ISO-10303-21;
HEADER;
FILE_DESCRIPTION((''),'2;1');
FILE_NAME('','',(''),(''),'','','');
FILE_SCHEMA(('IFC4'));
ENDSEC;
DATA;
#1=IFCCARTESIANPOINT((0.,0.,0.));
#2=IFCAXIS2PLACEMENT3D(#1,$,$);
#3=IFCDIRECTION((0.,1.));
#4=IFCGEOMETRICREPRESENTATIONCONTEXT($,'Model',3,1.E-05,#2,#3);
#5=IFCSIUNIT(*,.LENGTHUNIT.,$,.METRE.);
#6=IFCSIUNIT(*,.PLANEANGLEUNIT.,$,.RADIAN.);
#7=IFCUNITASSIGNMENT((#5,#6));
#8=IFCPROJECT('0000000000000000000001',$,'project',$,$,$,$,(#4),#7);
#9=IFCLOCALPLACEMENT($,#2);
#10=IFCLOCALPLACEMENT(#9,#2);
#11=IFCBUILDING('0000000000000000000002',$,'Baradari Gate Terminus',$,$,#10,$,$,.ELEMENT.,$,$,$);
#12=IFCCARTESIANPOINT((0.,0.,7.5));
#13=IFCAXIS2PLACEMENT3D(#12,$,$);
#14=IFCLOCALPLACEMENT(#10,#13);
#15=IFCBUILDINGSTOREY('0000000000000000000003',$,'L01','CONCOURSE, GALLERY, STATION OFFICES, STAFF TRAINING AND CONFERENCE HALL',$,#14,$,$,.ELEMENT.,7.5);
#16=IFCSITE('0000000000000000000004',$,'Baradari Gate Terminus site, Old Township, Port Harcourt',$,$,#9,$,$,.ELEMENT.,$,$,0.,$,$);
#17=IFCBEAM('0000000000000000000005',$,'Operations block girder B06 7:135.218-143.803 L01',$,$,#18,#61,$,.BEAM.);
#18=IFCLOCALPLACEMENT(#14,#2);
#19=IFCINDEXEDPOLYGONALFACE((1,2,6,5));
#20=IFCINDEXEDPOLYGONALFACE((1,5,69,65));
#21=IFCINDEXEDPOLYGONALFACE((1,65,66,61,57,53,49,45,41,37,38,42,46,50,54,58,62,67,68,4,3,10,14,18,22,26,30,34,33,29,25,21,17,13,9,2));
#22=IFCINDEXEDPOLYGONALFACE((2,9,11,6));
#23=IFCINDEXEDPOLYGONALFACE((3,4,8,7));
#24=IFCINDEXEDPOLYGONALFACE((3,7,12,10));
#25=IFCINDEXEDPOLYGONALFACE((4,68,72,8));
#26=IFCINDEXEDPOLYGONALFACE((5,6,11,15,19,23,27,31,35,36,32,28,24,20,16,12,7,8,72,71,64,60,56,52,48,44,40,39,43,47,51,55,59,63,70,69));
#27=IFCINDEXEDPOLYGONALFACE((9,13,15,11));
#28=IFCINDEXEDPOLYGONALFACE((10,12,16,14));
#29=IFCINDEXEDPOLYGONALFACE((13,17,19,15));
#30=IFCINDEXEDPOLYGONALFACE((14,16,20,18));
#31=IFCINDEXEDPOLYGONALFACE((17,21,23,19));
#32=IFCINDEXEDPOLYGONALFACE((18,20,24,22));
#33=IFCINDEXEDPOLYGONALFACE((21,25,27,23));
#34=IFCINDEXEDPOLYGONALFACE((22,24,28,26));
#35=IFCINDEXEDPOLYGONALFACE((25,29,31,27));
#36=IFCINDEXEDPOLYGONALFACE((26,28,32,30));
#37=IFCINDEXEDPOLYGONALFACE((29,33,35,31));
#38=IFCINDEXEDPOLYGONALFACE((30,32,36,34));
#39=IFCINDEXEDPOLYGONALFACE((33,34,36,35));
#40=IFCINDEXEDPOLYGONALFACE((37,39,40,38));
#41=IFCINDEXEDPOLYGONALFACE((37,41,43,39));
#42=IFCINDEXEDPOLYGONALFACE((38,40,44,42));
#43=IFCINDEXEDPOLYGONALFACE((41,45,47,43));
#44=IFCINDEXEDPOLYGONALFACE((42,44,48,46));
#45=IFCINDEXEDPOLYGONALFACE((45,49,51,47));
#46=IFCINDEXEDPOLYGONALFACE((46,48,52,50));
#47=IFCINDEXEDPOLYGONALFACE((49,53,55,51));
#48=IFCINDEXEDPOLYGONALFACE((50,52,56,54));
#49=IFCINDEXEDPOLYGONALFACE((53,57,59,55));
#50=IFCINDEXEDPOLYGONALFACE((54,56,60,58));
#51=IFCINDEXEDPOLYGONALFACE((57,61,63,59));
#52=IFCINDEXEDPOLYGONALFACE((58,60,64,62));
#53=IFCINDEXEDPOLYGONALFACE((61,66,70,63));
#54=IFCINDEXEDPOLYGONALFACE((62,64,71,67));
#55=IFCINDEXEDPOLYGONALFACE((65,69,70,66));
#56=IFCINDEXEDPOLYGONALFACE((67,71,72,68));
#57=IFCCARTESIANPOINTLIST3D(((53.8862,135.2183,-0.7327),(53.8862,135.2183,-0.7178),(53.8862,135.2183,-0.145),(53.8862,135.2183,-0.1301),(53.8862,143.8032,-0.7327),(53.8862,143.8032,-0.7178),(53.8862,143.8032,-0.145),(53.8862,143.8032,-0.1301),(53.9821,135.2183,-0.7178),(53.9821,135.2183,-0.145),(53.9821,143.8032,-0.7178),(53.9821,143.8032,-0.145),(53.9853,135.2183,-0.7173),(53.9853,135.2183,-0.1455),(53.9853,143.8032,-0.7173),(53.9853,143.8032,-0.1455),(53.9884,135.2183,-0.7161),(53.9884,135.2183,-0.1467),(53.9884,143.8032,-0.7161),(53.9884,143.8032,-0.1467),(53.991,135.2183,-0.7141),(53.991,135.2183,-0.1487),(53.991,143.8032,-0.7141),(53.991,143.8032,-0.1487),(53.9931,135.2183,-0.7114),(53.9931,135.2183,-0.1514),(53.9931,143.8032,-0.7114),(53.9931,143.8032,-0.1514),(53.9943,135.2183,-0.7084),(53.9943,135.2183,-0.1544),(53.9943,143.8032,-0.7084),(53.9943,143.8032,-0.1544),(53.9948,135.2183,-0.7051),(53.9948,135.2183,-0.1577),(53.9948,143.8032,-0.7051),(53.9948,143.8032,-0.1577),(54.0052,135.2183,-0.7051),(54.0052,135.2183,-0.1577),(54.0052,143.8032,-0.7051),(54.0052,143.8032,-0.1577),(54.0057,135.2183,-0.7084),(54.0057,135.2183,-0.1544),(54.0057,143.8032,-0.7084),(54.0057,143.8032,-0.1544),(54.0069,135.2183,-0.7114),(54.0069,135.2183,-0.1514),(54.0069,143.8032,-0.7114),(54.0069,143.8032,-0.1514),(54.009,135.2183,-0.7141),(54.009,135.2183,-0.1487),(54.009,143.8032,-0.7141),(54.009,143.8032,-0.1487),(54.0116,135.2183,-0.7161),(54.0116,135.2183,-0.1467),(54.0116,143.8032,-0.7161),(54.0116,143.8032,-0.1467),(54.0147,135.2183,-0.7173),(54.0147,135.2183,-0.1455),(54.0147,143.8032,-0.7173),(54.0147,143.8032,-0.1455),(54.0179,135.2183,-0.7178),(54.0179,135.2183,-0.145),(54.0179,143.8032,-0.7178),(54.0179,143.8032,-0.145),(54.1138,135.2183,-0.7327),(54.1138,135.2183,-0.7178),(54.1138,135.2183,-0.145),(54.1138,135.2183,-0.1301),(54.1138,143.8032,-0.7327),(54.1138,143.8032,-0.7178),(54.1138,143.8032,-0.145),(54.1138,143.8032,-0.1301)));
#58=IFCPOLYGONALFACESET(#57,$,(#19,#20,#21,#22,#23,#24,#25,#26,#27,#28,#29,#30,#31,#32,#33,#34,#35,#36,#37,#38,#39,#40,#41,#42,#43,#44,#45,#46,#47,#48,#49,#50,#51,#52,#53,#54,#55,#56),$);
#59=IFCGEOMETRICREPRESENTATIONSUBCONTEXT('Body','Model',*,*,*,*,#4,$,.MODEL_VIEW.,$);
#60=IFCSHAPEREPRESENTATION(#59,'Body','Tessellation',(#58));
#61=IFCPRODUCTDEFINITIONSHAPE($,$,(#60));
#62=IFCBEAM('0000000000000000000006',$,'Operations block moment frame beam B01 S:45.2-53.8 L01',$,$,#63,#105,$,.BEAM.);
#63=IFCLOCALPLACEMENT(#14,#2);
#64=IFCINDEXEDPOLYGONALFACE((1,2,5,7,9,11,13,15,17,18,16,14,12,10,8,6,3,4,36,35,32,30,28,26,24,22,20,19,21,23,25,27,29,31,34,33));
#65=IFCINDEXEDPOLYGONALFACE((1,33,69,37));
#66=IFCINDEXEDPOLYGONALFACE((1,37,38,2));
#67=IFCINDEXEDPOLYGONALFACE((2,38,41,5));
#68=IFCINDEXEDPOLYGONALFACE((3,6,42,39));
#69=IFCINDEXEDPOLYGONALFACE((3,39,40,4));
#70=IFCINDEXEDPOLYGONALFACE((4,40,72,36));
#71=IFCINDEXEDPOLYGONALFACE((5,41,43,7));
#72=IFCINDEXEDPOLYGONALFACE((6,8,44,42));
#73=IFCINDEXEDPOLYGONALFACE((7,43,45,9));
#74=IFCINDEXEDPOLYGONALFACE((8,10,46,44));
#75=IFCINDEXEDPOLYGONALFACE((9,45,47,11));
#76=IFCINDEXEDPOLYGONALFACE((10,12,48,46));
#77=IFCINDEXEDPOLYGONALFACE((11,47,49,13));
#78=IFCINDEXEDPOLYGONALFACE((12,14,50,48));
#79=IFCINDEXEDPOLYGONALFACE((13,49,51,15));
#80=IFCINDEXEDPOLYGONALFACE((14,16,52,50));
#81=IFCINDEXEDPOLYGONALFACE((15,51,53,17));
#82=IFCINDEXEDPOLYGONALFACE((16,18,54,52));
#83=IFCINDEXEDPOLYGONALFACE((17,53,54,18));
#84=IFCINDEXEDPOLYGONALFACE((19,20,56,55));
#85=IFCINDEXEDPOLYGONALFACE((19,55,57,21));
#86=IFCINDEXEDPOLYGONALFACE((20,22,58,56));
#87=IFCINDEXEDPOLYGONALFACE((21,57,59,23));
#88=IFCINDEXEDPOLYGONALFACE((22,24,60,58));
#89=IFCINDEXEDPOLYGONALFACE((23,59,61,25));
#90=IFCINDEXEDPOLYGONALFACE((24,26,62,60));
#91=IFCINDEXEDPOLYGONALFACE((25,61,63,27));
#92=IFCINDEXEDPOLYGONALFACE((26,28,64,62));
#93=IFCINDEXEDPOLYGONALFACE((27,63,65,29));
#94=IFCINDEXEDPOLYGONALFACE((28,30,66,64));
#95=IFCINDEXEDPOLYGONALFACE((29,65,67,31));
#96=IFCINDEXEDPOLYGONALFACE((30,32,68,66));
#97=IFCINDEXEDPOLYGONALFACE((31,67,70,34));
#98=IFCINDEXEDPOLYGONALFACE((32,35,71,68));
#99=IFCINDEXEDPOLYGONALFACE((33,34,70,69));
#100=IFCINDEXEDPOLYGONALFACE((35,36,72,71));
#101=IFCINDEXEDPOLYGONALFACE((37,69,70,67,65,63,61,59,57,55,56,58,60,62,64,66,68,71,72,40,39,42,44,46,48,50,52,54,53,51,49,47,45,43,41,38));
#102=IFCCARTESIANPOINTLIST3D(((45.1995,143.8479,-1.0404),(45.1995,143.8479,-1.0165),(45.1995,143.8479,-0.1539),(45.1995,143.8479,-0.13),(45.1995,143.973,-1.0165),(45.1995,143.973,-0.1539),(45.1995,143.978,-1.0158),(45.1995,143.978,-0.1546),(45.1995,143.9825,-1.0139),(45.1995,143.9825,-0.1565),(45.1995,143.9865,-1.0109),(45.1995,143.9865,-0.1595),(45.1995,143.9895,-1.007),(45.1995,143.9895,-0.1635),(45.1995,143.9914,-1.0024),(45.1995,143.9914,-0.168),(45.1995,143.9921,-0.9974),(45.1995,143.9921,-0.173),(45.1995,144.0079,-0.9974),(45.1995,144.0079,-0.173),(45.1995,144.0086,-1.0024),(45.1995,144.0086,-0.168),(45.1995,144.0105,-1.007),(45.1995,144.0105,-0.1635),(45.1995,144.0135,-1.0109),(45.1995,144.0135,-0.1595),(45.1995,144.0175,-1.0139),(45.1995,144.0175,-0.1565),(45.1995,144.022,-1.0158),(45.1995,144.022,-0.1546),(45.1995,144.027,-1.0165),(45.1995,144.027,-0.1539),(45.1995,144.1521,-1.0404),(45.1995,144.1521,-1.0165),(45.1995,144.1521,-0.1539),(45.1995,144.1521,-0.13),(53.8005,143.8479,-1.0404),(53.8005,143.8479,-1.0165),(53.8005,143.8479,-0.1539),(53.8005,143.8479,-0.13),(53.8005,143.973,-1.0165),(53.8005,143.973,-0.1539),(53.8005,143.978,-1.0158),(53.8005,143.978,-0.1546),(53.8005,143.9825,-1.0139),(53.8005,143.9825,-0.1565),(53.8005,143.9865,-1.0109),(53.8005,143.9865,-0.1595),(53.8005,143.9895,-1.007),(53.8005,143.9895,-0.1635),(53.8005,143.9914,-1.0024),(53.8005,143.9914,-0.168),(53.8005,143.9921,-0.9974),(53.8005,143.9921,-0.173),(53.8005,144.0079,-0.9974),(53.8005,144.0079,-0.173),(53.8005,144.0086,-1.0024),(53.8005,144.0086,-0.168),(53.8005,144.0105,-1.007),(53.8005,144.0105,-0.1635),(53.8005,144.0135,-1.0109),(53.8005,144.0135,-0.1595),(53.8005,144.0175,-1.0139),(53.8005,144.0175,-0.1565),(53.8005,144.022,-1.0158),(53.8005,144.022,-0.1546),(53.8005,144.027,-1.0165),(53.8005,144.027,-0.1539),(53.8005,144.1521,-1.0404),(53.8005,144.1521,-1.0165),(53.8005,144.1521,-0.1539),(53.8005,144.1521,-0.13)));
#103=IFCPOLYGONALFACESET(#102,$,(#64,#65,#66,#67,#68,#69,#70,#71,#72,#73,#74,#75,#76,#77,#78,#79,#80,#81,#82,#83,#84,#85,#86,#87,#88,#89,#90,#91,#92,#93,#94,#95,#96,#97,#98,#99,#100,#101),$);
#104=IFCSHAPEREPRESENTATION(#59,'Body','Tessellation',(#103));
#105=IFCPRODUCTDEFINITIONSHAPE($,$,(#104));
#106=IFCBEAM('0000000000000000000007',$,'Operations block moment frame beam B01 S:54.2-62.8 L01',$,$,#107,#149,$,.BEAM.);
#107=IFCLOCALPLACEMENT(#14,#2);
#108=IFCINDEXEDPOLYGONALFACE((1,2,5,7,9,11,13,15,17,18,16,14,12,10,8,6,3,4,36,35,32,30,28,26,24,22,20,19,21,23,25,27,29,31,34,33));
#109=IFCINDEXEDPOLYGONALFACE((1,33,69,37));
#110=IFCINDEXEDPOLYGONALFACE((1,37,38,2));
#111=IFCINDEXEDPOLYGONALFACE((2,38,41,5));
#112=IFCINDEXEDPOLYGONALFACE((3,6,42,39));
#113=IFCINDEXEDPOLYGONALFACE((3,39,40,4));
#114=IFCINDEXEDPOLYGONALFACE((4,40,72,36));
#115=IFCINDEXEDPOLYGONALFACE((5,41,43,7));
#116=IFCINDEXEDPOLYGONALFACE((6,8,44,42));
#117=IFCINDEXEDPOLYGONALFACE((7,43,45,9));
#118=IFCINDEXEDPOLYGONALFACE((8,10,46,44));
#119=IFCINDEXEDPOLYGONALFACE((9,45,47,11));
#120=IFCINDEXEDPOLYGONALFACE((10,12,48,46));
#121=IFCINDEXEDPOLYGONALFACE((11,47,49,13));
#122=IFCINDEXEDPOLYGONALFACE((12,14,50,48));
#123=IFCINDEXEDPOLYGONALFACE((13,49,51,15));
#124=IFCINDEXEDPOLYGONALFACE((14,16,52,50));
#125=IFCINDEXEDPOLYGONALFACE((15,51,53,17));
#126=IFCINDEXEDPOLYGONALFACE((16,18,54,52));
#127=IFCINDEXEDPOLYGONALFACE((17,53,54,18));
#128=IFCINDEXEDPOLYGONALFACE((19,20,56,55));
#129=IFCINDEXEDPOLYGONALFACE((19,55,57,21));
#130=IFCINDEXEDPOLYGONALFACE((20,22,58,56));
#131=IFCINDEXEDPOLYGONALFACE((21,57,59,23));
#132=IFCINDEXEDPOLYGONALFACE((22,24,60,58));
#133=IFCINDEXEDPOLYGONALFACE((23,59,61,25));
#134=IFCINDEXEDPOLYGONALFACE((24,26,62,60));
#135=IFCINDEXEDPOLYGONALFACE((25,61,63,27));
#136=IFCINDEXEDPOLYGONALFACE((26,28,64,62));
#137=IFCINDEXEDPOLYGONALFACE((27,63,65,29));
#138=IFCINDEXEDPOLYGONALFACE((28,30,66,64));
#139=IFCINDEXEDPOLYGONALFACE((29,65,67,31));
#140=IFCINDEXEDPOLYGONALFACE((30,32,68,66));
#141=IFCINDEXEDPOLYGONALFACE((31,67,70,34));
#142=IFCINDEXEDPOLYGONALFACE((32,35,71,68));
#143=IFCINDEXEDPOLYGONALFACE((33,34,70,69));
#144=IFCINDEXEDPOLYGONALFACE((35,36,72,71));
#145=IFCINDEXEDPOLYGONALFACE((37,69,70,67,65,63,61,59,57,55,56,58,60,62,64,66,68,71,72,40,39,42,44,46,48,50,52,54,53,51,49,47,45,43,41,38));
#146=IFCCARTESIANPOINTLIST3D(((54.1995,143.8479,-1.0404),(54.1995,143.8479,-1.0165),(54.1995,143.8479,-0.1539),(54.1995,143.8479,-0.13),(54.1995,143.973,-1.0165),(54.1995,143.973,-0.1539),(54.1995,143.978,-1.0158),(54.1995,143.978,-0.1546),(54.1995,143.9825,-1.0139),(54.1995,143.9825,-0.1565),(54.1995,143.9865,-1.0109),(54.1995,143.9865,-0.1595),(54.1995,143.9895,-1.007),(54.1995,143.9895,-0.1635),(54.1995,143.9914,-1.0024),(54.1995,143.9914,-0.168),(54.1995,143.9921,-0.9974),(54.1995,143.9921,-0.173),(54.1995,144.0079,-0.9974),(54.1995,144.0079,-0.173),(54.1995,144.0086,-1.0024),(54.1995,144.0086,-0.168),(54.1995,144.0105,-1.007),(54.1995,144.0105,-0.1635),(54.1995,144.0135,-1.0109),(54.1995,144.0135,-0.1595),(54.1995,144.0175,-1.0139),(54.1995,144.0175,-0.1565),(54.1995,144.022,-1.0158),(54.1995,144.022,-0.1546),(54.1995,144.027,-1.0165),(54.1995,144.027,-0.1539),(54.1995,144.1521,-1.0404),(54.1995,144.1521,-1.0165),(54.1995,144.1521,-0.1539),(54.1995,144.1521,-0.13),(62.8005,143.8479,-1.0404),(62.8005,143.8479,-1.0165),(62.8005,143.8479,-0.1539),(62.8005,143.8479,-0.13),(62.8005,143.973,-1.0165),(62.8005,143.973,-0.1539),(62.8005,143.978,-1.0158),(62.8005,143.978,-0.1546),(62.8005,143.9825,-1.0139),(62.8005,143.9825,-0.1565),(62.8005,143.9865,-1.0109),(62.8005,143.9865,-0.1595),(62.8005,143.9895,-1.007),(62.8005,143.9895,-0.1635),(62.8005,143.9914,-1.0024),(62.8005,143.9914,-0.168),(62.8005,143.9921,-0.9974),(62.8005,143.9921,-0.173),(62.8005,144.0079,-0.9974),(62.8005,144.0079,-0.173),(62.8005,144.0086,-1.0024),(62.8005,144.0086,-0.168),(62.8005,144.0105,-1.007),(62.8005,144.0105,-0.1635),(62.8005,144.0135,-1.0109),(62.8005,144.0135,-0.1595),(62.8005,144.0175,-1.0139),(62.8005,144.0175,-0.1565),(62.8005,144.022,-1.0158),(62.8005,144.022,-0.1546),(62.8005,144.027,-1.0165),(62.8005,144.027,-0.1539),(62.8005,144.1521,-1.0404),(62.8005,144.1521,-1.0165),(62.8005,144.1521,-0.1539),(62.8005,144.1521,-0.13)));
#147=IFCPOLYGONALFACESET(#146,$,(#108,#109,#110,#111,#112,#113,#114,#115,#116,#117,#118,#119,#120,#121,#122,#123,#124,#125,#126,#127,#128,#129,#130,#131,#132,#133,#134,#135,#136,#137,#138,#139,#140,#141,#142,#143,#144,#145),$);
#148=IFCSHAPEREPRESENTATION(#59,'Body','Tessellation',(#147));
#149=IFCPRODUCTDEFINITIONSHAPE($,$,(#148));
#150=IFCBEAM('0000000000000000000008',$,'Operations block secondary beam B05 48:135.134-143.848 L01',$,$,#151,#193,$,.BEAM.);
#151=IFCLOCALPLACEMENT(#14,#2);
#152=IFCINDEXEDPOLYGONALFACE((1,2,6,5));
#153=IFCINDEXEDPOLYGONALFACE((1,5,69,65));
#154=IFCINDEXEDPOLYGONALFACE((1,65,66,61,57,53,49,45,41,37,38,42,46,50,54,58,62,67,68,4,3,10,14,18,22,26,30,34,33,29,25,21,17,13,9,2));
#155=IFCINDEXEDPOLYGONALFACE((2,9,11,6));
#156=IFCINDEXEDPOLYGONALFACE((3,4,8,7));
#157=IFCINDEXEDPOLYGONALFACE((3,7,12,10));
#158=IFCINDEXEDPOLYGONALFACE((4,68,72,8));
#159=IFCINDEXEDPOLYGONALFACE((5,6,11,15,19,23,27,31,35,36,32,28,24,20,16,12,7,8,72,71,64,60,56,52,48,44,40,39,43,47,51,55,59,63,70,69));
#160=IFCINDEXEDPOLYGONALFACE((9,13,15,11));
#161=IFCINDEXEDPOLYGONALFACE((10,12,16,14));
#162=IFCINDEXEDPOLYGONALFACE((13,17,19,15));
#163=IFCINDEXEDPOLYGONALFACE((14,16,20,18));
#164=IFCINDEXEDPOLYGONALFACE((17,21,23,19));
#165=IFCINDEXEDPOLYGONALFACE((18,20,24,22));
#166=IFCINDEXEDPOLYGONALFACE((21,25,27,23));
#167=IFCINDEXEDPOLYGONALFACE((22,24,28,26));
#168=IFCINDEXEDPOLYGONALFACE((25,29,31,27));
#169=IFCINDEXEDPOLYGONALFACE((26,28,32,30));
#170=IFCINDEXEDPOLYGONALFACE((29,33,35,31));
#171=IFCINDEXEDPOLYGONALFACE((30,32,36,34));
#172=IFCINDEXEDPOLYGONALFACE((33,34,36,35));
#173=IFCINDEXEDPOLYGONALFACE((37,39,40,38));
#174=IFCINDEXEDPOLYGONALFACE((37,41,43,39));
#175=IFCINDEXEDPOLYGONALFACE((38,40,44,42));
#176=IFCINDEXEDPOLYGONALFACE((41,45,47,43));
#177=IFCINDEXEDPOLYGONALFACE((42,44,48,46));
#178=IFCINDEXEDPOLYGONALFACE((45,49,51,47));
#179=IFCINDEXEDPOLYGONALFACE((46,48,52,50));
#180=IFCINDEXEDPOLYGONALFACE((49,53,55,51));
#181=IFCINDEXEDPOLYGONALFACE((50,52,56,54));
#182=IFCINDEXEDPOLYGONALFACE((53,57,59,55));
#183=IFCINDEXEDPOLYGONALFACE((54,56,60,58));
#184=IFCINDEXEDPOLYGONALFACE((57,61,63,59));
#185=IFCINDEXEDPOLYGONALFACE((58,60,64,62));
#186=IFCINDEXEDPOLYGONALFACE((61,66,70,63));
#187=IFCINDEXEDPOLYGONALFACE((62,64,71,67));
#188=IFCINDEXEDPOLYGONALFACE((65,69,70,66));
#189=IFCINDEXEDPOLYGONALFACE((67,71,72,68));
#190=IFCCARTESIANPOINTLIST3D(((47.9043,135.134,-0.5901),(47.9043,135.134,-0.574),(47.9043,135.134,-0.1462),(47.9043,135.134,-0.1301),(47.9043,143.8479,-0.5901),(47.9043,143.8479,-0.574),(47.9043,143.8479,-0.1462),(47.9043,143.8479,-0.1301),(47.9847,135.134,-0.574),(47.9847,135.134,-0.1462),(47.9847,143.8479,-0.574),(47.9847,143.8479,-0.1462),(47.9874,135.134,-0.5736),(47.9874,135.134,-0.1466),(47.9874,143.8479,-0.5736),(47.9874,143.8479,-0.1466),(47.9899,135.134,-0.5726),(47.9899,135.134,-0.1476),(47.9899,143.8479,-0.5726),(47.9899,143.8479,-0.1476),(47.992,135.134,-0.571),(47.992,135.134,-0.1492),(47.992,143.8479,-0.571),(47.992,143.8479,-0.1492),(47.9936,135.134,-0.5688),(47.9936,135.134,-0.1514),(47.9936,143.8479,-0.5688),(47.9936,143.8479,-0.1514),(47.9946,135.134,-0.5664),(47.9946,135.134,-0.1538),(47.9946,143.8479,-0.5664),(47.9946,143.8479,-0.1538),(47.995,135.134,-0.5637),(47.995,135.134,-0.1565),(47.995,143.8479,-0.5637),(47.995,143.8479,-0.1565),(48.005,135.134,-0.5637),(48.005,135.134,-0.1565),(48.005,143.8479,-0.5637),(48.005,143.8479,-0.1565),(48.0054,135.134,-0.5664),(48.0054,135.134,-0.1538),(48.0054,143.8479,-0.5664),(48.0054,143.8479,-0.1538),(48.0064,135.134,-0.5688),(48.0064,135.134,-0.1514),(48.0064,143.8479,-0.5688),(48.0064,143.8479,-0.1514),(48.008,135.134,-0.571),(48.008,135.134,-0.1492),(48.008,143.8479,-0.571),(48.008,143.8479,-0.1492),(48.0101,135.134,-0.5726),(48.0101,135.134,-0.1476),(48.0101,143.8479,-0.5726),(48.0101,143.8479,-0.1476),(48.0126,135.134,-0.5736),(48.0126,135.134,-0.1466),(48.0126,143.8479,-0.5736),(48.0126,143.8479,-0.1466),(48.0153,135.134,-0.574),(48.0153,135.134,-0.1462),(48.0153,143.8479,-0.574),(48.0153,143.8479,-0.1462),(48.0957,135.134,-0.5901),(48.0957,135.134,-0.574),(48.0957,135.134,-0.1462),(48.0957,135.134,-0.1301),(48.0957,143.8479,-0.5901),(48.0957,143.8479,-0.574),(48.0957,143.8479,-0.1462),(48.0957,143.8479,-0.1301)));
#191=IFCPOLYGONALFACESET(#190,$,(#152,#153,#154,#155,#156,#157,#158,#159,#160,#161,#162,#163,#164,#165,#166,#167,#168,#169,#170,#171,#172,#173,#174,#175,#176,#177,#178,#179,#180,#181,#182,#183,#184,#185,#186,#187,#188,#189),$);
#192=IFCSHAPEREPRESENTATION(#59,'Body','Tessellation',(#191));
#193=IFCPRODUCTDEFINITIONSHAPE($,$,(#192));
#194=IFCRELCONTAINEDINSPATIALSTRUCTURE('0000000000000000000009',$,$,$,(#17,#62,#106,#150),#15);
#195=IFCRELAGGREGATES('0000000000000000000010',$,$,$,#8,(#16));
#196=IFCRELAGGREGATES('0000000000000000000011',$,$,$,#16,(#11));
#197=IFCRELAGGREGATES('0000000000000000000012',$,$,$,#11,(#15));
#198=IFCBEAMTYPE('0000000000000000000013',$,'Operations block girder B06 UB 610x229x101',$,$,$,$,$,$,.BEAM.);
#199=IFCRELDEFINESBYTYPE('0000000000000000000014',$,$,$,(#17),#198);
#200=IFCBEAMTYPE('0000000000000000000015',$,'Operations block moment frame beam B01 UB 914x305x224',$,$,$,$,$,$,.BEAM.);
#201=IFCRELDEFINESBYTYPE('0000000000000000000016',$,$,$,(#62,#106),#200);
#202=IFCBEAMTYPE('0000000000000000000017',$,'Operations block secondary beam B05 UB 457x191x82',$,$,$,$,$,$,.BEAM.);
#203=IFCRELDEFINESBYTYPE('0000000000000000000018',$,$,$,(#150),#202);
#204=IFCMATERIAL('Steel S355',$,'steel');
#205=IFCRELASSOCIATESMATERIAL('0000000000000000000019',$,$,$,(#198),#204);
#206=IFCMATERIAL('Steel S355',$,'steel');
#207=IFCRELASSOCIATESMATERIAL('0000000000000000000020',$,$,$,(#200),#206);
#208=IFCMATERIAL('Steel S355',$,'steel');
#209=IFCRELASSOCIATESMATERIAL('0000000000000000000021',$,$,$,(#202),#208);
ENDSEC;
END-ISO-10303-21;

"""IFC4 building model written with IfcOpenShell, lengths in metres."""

from ifc_helpers import new_model, si_unit, direction, frame, origin, origin_2d, place, context, subcontext, project, spatial, i_section, extrude, material, material_profile, profile_set, type_object, element, save


model = new_model("IFC4")

# Units and contexts
model_context = context("Model", 3, precision=1e-05, world=origin(), true_north=direction((0.0, 1.0)))
body_context = subcontext(model_context, "Body", "Model", "MODEL_VIEW")
ifc_project = project(units=[si_unit("LENGTHUNIT", "METRE"), si_unit("PLANEANGLEUNIT", "RADIAN")], contexts=[model_context])

# Site, building, storey
site_placement = place(None, origin())
site = spatial("IfcSite", under=ifc_project, at=site_placement, Name="Baradari Gate Terminus site, Old Township, Port Harcourt", CompositionType="ELEMENT", RefElevation=0.0)
building_placement = place(site_placement, origin())
building = spatial("IfcBuilding", under=site, at=building_placement, Name="Baradari Gate Terminus", CompositionType="ELEMENT")
storey_placement = place(building_placement, frame((0.0, 0.0, 7.5)))
storey = spatial("IfcBuildingStorey", under=building, at=storey_placement, Name="L01", Description="CONCOURSE, GALLERY, STATION OFFICES, STAFF TRAINING AND CONFERENCE HALL", CompositionType="ELEMENT", Elevation=7.5)

# Beams
ifc_material_1 = material(Name="Steel S355", Category="steel")
ifc_material_profile_1 = material_profile(ifc_material_1, i_section(OverallWidth=0.2275, OverallDepth=0.6025, WebThickness=0.0105, FlangeThickness=0.0149, FilletRadius=0.0127, at=origin_2d()), Name="UB 610x229x101")
ifc_profile_set_1 = profile_set([ifc_material_profile_1], Name="Steel S355")
beam_type_1 = type_object("IfcBeamType", Name="Operations block girder B06 UB 610x229x101", PredefinedType="BEAM", material=ifc_profile_set_1)
beam_1_placement = place(storey_placement, frame((54.0, 135.2183, -0.4314), z_axis=(0.0, 1.0, 0.0), x_axis=(-1.0, 0.0, 0.0)))
element("IfcBeam", 1, at=beam_1_placement, inside=storey, type_object=beam_type_1, Name="Operations block girder B06 7:135.218-143.803 L01", PredefinedType="BEAM", context=body_context, shape_type="SweptSolid", body=[
    extrude(i_section(OverallWidth=0.2275, OverallDepth=0.6025, WebThickness=0.0105, FlangeThickness=0.0149, FilletRadius=0.0127, at=origin_2d()), origin(), (0.0, 0.0, 1.0), 8.585),
])
ifc_material_2 = material(Name="Steel S355", Category="steel")
ifc_material_profile_2 = material_profile(ifc_material_2, i_section(OverallWidth=0.3042, OverallDepth=0.9104, WebThickness=0.0159, FlangeThickness=0.0239, FilletRadius=0.019, at=origin_2d()), Name="UB 914x305x224")
ifc_profile_set_2 = profile_set([ifc_material_profile_2], Name="Steel S355")
beam_type_2 = type_object("IfcBeamType", Name="Operations block moment frame beam B01 UB 914x305x224", PredefinedType="BEAM", material=ifc_profile_set_2)
for number, where, z_axis, x_axis, name in (
    (2, (45.1995, 144.0, -0.5852), (1.0, 0.0, 0.0), (0.0, 1.0, 0.0), "Operations block moment frame beam B01 S:45.2-53.8 L01"),
    (3, (54.1995, 144.0, -0.5852), (1.0, 0.0, 0.0), (0.0, 1.0, 0.0), "Operations block moment frame beam B01 S:54.2-62.8 L01"),
):
    element("IfcBeam", number, at=place(storey_placement, frame(where, z_axis=z_axis, x_axis=x_axis)), inside=storey, type_object=beam_type_2, Name=name, PredefinedType="BEAM", context=body_context, shape_type="SweptSolid", body=[
        extrude(i_section(OverallWidth=0.3042, OverallDepth=0.9104, WebThickness=0.0159, FlangeThickness=0.0239, FilletRadius=0.019, at=origin_2d()), origin(), (0.0, 0.0, 1.0), 8.6011),
    ])
ifc_material_3 = material(Name="Steel S355", Category="steel")
ifc_material_profile_3 = material_profile(ifc_material_3, i_section(OverallWidth=0.1914, OverallDepth=0.46, WebThickness=0.01, FlangeThickness=0.0161, FilletRadius=0.0103, at=origin_2d()), Name="UB 457x191x82")
ifc_profile_set_3 = profile_set([ifc_material_profile_3], Name="Steel S355")
beam_type_3 = type_object("IfcBeamType", Name="Operations block secondary beam B05 UB 457x191x82", PredefinedType="BEAM", material=ifc_profile_set_3)
for number, where, z_axis, x_axis, name in (
    (4, (48.0, 135.134, -0.3601), (0.0, 1.0, 0.0), (-1.0, 0.0, 0.0), "Operations block secondary beam B05 48:135.134-143.848 L01"),
):
    element("IfcBeam", number, at=place(storey_placement, frame(where, z_axis=z_axis, x_axis=x_axis)), inside=storey, type_object=beam_type_3, Name=name, PredefinedType="BEAM", context=body_context, shape_type="SweptSolid", body=[
        extrude(i_section(OverallWidth=0.1914, OverallDepth=0.46, WebThickness=0.01, FlangeThickness=0.0161, FilletRadius=0.0103, at=origin_2d()), origin(), (0.0, 0.0, 1.0), 8.7139),
    ])

save(model, "model.ifc")
